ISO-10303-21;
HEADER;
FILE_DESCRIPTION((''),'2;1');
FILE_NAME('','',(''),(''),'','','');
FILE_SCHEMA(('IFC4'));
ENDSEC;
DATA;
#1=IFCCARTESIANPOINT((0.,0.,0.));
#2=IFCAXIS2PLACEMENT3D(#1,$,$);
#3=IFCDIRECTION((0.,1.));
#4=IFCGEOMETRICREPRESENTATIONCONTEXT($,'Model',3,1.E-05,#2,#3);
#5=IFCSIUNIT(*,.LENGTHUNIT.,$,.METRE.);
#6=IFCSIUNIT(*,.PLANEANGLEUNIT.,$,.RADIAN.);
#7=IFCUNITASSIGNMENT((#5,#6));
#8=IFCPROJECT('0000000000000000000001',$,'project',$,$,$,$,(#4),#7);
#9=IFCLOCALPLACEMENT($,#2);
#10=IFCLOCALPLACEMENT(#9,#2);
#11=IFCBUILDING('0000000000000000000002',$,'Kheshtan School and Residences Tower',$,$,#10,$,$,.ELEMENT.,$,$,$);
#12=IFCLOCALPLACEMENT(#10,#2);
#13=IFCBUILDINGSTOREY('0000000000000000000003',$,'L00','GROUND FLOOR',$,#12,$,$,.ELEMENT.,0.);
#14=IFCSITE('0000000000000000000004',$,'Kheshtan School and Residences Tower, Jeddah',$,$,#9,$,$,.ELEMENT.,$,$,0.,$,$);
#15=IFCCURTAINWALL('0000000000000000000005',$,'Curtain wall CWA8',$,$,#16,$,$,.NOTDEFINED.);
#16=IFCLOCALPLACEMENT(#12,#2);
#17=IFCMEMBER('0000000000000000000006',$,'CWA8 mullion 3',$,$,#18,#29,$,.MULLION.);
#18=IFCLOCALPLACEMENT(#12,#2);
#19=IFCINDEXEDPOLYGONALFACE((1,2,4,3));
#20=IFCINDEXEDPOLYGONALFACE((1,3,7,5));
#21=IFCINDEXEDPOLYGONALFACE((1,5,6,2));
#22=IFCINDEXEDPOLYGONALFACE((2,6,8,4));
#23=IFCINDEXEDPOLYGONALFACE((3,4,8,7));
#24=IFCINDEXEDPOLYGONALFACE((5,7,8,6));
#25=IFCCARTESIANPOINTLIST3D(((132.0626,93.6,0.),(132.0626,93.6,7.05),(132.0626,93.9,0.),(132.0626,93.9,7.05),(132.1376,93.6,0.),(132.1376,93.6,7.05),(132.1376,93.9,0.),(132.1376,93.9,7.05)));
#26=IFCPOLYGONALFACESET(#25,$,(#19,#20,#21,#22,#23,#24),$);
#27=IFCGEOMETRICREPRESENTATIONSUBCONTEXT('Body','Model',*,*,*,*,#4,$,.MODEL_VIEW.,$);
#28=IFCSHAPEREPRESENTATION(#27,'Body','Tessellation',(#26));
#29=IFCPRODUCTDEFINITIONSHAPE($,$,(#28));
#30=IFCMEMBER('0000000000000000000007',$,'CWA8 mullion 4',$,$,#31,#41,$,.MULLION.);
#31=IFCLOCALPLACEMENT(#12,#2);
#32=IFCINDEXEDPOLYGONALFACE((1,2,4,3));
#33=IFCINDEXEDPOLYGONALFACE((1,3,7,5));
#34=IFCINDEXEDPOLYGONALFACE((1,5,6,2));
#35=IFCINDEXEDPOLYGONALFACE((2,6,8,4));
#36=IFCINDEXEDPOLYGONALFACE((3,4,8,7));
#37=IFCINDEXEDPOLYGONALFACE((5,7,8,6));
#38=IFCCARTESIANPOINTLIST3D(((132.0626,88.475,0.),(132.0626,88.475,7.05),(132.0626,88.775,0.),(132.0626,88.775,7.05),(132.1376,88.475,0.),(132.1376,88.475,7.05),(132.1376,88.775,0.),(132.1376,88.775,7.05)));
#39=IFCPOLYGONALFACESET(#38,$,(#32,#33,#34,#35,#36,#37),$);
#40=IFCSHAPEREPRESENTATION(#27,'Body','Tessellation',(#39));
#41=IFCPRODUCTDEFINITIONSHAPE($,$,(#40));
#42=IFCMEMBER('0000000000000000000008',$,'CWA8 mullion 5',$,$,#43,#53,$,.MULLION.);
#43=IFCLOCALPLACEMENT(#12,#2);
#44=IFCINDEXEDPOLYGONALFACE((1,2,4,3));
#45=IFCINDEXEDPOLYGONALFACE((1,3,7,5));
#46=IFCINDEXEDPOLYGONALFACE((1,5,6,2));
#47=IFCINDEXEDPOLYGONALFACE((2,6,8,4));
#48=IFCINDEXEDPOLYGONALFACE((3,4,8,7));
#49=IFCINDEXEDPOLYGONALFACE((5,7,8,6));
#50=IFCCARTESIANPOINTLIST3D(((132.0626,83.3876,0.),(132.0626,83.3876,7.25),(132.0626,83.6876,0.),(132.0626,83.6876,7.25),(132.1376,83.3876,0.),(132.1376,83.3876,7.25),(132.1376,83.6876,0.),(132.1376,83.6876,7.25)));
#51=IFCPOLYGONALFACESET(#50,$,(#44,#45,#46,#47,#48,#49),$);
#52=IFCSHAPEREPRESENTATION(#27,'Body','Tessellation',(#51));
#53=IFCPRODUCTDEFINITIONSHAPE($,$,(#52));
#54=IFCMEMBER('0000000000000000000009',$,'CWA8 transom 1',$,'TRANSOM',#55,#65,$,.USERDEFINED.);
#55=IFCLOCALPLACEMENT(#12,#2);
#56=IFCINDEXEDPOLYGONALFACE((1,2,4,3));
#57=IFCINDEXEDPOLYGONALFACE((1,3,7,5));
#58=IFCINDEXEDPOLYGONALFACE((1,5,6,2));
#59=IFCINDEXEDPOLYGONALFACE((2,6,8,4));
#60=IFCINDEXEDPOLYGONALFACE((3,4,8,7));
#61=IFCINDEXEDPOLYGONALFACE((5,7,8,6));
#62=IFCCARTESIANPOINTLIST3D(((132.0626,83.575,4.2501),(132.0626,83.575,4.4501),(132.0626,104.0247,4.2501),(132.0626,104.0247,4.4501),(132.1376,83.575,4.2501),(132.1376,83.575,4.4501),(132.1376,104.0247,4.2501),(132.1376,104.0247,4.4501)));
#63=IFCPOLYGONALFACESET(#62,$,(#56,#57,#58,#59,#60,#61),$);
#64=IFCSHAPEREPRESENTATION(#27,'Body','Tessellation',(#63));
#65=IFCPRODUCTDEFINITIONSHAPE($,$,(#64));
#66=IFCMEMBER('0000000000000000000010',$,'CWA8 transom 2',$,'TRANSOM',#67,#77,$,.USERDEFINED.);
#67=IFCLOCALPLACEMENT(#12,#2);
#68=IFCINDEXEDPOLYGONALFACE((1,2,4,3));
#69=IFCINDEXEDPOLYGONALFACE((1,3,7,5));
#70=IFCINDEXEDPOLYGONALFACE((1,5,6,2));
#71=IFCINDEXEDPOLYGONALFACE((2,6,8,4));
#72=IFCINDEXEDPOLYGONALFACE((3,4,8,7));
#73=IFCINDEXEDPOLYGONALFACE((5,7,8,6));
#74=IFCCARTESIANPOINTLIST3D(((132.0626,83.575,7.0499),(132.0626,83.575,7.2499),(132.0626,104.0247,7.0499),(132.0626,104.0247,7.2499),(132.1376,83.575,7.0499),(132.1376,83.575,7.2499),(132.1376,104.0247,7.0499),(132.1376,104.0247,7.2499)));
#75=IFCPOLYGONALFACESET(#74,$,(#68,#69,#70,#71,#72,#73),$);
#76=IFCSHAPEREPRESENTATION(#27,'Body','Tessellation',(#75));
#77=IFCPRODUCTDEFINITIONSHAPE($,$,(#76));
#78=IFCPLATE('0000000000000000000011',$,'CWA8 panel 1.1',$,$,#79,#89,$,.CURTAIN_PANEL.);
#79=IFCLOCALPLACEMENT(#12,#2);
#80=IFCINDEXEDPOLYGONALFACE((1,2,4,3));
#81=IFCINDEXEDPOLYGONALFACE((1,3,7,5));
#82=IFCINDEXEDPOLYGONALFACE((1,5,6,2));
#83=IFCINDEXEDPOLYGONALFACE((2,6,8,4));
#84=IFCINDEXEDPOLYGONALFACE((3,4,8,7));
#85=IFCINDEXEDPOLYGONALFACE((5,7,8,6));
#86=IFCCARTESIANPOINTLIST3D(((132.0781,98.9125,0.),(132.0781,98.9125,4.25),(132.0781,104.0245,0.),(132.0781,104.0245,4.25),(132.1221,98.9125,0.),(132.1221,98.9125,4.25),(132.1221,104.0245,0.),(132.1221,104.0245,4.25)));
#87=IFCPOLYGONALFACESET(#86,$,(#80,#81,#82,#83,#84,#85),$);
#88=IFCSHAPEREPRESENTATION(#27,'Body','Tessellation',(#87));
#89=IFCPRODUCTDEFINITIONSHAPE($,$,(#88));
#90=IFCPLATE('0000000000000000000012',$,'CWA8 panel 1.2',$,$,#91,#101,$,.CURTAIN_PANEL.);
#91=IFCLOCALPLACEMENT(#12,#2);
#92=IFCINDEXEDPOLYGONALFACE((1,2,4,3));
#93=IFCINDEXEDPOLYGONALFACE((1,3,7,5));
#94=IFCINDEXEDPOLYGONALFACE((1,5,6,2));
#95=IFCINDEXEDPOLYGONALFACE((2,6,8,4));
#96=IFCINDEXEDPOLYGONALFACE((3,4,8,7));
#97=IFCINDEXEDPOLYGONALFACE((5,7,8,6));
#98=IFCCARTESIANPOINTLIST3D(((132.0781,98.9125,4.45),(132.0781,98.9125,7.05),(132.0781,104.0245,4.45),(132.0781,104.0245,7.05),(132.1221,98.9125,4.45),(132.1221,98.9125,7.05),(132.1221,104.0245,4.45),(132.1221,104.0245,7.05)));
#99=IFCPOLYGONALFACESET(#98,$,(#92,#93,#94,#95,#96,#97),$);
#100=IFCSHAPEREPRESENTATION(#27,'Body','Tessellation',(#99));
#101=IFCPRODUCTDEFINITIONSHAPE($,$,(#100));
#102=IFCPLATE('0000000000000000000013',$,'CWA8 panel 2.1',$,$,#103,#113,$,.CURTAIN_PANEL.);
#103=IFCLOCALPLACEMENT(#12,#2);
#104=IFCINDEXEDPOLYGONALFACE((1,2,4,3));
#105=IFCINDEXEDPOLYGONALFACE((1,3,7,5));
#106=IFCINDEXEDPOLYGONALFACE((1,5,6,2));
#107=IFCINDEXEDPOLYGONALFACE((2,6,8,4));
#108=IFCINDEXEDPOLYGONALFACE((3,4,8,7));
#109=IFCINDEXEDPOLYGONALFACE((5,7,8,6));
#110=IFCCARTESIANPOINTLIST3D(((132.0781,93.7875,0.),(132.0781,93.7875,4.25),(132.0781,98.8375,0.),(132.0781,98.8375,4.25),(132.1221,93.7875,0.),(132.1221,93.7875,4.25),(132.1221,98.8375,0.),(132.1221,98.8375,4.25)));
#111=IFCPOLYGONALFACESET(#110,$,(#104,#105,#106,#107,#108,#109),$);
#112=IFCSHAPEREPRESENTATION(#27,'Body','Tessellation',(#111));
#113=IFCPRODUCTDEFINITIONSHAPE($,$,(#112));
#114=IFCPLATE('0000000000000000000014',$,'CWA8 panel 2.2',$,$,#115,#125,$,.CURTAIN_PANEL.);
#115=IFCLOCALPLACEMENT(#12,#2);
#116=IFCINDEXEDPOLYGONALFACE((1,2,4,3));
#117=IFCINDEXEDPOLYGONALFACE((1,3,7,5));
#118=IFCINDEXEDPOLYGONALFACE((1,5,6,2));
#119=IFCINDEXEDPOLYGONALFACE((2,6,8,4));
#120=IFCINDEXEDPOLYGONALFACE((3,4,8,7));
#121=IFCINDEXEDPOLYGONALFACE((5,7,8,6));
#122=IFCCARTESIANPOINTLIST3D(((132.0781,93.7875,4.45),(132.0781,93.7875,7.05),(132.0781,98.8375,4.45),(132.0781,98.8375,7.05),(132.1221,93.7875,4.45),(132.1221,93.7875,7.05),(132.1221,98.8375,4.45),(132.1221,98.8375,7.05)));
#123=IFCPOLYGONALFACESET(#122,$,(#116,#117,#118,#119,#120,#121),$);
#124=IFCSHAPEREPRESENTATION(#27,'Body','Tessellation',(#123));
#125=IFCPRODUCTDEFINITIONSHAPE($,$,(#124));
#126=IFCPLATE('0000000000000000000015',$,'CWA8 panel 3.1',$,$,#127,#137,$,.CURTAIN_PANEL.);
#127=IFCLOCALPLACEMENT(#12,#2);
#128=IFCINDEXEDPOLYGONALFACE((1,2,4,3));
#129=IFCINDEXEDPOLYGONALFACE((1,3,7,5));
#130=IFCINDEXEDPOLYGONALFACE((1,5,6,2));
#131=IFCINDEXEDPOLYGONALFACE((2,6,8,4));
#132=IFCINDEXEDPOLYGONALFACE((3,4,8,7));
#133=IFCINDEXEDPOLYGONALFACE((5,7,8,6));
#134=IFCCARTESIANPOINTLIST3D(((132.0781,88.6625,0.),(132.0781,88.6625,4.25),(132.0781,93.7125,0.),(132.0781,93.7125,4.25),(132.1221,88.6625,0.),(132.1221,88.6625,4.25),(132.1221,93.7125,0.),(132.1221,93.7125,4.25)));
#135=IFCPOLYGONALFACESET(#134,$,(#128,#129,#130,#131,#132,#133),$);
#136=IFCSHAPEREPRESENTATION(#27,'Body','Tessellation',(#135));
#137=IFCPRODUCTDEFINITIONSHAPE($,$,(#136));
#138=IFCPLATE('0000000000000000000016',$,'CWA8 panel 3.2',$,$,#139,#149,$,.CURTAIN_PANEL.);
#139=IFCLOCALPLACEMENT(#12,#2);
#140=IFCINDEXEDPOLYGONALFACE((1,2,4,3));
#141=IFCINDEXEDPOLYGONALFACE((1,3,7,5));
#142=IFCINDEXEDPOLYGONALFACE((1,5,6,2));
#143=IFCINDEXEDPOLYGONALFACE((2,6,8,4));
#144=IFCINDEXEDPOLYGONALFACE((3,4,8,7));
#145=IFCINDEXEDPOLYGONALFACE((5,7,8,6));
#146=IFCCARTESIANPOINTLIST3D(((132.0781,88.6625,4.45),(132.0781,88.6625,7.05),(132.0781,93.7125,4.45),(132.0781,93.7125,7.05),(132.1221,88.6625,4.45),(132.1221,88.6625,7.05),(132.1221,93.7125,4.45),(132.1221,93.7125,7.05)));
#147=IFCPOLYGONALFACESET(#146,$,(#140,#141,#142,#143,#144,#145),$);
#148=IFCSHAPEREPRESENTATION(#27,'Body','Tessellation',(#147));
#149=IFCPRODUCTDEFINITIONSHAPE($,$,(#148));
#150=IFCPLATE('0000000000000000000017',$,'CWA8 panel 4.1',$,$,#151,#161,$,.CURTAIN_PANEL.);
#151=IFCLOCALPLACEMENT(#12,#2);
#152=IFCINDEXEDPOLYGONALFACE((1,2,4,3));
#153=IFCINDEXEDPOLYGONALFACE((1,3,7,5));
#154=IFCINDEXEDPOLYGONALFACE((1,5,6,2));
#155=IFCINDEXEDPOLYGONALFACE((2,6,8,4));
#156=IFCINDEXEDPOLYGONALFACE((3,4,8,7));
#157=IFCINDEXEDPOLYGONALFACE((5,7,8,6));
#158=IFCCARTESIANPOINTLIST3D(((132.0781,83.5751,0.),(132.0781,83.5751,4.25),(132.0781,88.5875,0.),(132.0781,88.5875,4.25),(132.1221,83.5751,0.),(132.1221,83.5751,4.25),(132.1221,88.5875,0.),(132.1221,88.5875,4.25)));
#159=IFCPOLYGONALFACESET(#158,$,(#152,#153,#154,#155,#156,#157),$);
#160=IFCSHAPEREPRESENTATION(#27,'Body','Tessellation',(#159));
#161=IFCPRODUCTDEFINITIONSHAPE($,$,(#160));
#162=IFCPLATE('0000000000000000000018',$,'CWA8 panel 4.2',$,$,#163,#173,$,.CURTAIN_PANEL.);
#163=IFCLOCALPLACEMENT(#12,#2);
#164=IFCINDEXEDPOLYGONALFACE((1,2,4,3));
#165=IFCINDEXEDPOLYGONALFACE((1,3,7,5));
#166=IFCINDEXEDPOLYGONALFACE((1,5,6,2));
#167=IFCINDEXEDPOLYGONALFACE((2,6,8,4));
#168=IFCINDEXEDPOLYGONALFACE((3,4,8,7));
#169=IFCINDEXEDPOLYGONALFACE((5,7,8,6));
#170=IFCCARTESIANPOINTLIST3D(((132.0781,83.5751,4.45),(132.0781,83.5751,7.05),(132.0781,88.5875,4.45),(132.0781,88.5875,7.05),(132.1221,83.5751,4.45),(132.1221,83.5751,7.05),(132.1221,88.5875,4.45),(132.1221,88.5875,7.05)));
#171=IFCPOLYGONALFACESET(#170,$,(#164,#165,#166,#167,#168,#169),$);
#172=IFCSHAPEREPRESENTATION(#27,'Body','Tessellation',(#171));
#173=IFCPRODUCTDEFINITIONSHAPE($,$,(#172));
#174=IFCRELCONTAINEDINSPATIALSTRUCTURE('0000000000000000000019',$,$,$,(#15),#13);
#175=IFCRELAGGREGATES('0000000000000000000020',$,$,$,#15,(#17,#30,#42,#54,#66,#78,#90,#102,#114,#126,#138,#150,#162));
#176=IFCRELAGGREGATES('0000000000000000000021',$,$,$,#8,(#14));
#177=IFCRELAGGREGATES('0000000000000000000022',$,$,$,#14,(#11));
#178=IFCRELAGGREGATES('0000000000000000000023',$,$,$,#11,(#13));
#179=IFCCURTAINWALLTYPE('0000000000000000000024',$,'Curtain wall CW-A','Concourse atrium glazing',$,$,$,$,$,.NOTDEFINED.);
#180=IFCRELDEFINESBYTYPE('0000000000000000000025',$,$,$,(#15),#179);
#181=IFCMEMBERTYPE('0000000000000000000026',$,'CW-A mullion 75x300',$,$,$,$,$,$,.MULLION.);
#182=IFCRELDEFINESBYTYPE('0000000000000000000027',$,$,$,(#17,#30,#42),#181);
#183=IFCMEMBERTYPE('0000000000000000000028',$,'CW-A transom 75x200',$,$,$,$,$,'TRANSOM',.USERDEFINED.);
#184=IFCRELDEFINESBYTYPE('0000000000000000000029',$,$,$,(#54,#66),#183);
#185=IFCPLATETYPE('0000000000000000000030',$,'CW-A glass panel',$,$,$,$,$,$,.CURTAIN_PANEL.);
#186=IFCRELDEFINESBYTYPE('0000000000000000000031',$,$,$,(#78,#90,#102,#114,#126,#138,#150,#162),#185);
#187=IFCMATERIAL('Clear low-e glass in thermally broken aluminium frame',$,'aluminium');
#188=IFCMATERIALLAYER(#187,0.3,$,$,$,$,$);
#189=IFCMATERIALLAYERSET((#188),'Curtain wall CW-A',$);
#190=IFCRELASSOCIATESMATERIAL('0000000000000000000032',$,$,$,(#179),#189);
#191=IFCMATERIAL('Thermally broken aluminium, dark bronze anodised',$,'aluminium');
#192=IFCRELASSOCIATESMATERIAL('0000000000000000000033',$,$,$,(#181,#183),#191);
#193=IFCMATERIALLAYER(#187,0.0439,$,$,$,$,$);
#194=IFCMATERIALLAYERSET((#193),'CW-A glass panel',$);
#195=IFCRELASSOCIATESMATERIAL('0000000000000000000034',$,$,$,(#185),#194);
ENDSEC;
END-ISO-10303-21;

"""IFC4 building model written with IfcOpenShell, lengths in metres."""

from ifc_helpers import new_model, si_unit, direction, frame, origin, origin_2d, place, context, subcontext, project, spatial, rectangle, extrude, material, layer, layer_set, material_profile, profile_set, type_object, element, aggregate, save


model = new_model("IFC4")

# Units and contexts
model_context = context("Model", 3, precision=1e-05, world=origin(), true_north=direction((0.0, 1.0)))
body_context = subcontext(model_context, "Body", "Model", "MODEL_VIEW")
ifc_project = project(units=[si_unit("LENGTHUNIT", "METRE"), si_unit("PLANEANGLEUNIT", "RADIAN")], contexts=[model_context])

# Site, building, storey
site_placement = place(None, origin())
site = spatial("IfcSite", under=ifc_project, at=site_placement, Name="Kheshtan School and Residences Tower, Jeddah", CompositionType="ELEMENT", RefElevation=0.0)
building_placement = place(site_placement, origin())
building = spatial("IfcBuilding", under=site, at=building_placement, Name="Kheshtan School and Residences Tower", CompositionType="ELEMENT")
storey_placement = place(building_placement, origin())
storey = spatial("IfcBuildingStorey", under=building, at=storey_placement, Name="L00", Description="GROUND FLOOR", CompositionType="ELEMENT", Elevation=0.0)

# Curtain wall, members, plates
ifc_material_1 = material(Name="Clear low-e glass in thermally broken aluminium frame", Category="aluminium")
ifc_layer_1 = layer(ifc_material_1, 0.3)
ifc_layer_set_1 = layer_set([ifc_layer_1], Name="Curtain wall CW-A")
curtain_wall_type = type_object("IfcCurtainWallType", Name="Curtain wall CW-A", Description="Concourse atrium glazing", PredefinedType="NOTDEFINED", material=ifc_layer_set_1)
curtain_wall_placement = place(storey_placement, origin())
curtain_wall = element("IfcCurtainWall", 1, at=curtain_wall_placement, inside=storey, type_object=curtain_wall_type, Name="Curtain wall CWA8", PredefinedType="NOTDEFINED")
ifc_material_2 = material(Name="Thermally broken aluminium, dark bronze anodised", Category="aluminium")
ifc_material_profile_1 = material_profile(ifc_material_2, rectangle(XDim=0.075, YDim=0.3, at=origin_2d()), Name="CW-A mullion 75x300")
ifc_profile_set_1 = profile_set([ifc_material_profile_1], Name="Thermally broken aluminium, dark bronze anodised")
member_type_1 = type_object("IfcMemberType", Name="CW-A mullion 75x300", PredefinedType="MULLION", material=ifc_profile_set_1)
member_1_placement = place(storey_placement, frame((132.1001, 93.75, 0.0), z_axis=(0.0, 0.0, 1.0), x_axis=(1.0, 0.0, 0.0)))
member_1 = element("IfcMember", 2, at=member_1_placement, type_object=member_type_1, Name="CWA8 mullion 3", PredefinedType="MULLION", context=body_context, shape_type="SweptSolid", body=[
    extrude(rectangle(XDim=0.075, YDim=0.3, at=origin_2d()), origin(), (0.0, 0.0, 1.0), 7.05),
])
member_2_placement = place(storey_placement, frame((132.1001, 88.625, 0.0), z_axis=(0.0, 0.0, 1.0), x_axis=(1.0, 0.0, 0.0)))
member_2 = element("IfcMember", 3, at=member_2_placement, type_object=member_type_1, Name="CWA8 mullion 4", PredefinedType="MULLION", context=body_context, shape_type="SweptSolid", body=[
    extrude(rectangle(XDim=0.075, YDim=0.3, at=origin_2d()), origin(), (0.0, 0.0, 1.0), 7.05),
])
member_3_placement = place(storey_placement, frame((132.1001, 83.5376, 0.0), z_axis=(0.0, 0.0, 1.0), x_axis=(1.0, 0.0, 0.0)))
member_3 = element("IfcMember", 4, at=member_3_placement, type_object=member_type_1, Name="CWA8 mullion 5", PredefinedType="MULLION", context=body_context, shape_type="SweptSolid", body=[
    extrude(rectangle(XDim=0.075, YDim=0.3, at=origin_2d()), origin(), (0.0, 0.0, 1.0), 7.25),
])
ifc_material_profile_2 = material_profile(ifc_material_2, rectangle(XDim=0.075, YDim=0.2, at=origin_2d()), Name="CW-A transom 75x200")
ifc_profile_set_2 = profile_set([ifc_material_profile_2], Name="Thermally broken aluminium, dark bronze anodised")
member_type_2 = type_object("IfcMemberType", Name="CW-A transom 75x200", ElementType="TRANSOM", PredefinedType="USERDEFINED", material=ifc_profile_set_2)
member_4_placement = place(storey_placement, frame((132.1001, 104.0247, 4.3501), z_axis=(0.0, -1.0, 0.0), x_axis=(1.0, 0.0, 0.0)))
member_4 = element("IfcMember", 5, at=member_4_placement, type_object=member_type_2, Name="CWA8 transom 1", ObjectType="TRANSOM", PredefinedType="USERDEFINED", context=body_context, shape_type="SweptSolid", body=[
    extrude(rectangle(XDim=0.075, YDim=0.2, at=origin_2d()), origin(), (0.0, 0.0, 1.0), 20.4497),
])
member_5_placement = place(storey_placement, frame((132.1001, 104.0247, 7.1499), z_axis=(0.0, -1.0, 0.0), x_axis=(1.0, 0.0, 0.0)))
member_5 = element("IfcMember", 6, at=member_5_placement, type_object=member_type_2, Name="CWA8 transom 2", ObjectType="TRANSOM", PredefinedType="USERDEFINED", context=body_context, shape_type="SweptSolid", body=[
    extrude(rectangle(XDim=0.075, YDim=0.2, at=origin_2d()), origin(), (0.0, 0.0, 1.0), 20.4497),
])
ifc_layer_2 = layer(ifc_material_1, 0.0439)
ifc_layer_set_2 = layer_set([ifc_layer_2], Name="CW-A glass panel")
plate_type = type_object("IfcPlateType", Name="CW-A glass panel", PredefinedType="CURTAIN_PANEL", material=ifc_layer_set_2)
plate_1_placement = place(storey_placement, frame((132.1001, 101.4685, 0.0), z_axis=(0.0, 0.0, 1.0), x_axis=(0.0, -1.0, 0.0)))
plate_1 = element("IfcPlate", 7, at=plate_1_placement, type_object=plate_type, Name="CWA8 panel 1.1", PredefinedType="CURTAIN_PANEL", context=body_context, shape_type="SweptSolid", body=[
    extrude(rectangle(XDim=5.1121, YDim=0.0439, at=origin_2d()), origin(), (0.0, 0.0, 1.0), 4.25),
])
plate_2_placement = place(storey_placement, frame((132.1001, 101.4685, 4.45), z_axis=(0.0, 0.0, 1.0), x_axis=(0.0, -1.0, 0.0)))
plate_2 = element("IfcPlate", 8, at=plate_2_placement, type_object=plate_type, Name="CWA8 panel 1.2", PredefinedType="CURTAIN_PANEL", context=body_context, shape_type="SweptSolid", body=[
    extrude(rectangle(XDim=5.1121, YDim=0.0439, at=origin_2d()), origin(), (0.0, 0.0, 1.0), 2.6001),
])
plate_3_placement = place(storey_placement, frame((132.1001, 96.3125, 0.0), z_axis=(0.0, 0.0, 1.0), x_axis=(0.0, -1.0, 0.0)))
plate_3 = element("IfcPlate", 9, at=plate_3_placement, type_object=plate_type, Name="CWA8 panel 2.1", PredefinedType="CURTAIN_PANEL", context=body_context, shape_type="SweptSolid", body=[
    extrude(rectangle(XDim=5.05, YDim=0.0439, at=origin_2d()), origin(), (0.0, 0.0, 1.0), 4.25),
])
plate_4_placement = place(storey_placement, frame((132.1001, 96.3125, 4.45), z_axis=(0.0, 0.0, 1.0), x_axis=(0.0, -1.0, 0.0)))
plate_4 = element("IfcPlate", 10, at=plate_4_placement, type_object=plate_type, Name="CWA8 panel 2.2", PredefinedType="CURTAIN_PANEL", context=body_context, shape_type="SweptSolid", body=[
    extrude(rectangle(XDim=5.05, YDim=0.0439, at=origin_2d()), origin(), (0.0, 0.0, 1.0), 2.6001),
])
plate_5_placement = place(storey_placement, frame((132.1001, 91.1875, 0.0), z_axis=(0.0, 0.0, 1.0), x_axis=(0.0, -1.0, 0.0)))
plate_5 = element("IfcPlate", 11, at=plate_5_placement, type_object=plate_type, Name="CWA8 panel 3.1", PredefinedType="CURTAIN_PANEL", context=body_context, shape_type="SweptSolid", body=[
    extrude(rectangle(XDim=5.05, YDim=0.0439, at=origin_2d()), origin(), (0.0, 0.0, 1.0), 4.25),
])
plate_6_placement = place(storey_placement, frame((132.1001, 91.1875, 4.45), z_axis=(0.0, 0.0, 1.0), x_axis=(0.0, -1.0, 0.0)))
plate_6 = element("IfcPlate", 12, at=plate_6_placement, type_object=plate_type, Name="CWA8 panel 3.2", PredefinedType="CURTAIN_PANEL", context=body_context, shape_type="SweptSolid", body=[
    extrude(rectangle(XDim=5.05, YDim=0.0439, at=origin_2d()), origin(), (0.0, 0.0, 1.0), 2.6001),
])
plate_7_placement = place(storey_placement, frame((132.1001, 86.0813, 0.0), z_axis=(0.0, 0.0, 1.0), x_axis=(0.0, -1.0, 0.0)))
plate_7 = element("IfcPlate", 13, at=plate_7_placement, type_object=plate_type, Name="CWA8 panel 4.1", PredefinedType="CURTAIN_PANEL", context=body_context, shape_type="SweptSolid", body=[
    extrude(rectangle(XDim=5.0125, YDim=0.0439, at=origin_2d()), origin(), (0.0, 0.0, 1.0), 4.25),
])
plate_8_placement = place(storey_placement, frame((132.1001, 86.0813, 4.45), z_axis=(0.0, 0.0, 1.0), x_axis=(0.0, -1.0, 0.0)))
plate_8 = element("IfcPlate", 14, at=plate_8_placement, type_object=plate_type, Name="CWA8 panel 4.2", PredefinedType="CURTAIN_PANEL", context=body_context, shape_type="SweptSolid", body=[
    extrude(rectangle(XDim=5.0125, YDim=0.0439, at=origin_2d()), origin(), (0.0, 0.0, 1.0), 2.6001),
])
aggregate(curtain_wall, [member_1, member_2, member_3, member_4, member_5, plate_1, plate_2, plate_3, plate_4, plate_5, plate_6, plate_7, plate_8])

save(model, "model.ifc")
